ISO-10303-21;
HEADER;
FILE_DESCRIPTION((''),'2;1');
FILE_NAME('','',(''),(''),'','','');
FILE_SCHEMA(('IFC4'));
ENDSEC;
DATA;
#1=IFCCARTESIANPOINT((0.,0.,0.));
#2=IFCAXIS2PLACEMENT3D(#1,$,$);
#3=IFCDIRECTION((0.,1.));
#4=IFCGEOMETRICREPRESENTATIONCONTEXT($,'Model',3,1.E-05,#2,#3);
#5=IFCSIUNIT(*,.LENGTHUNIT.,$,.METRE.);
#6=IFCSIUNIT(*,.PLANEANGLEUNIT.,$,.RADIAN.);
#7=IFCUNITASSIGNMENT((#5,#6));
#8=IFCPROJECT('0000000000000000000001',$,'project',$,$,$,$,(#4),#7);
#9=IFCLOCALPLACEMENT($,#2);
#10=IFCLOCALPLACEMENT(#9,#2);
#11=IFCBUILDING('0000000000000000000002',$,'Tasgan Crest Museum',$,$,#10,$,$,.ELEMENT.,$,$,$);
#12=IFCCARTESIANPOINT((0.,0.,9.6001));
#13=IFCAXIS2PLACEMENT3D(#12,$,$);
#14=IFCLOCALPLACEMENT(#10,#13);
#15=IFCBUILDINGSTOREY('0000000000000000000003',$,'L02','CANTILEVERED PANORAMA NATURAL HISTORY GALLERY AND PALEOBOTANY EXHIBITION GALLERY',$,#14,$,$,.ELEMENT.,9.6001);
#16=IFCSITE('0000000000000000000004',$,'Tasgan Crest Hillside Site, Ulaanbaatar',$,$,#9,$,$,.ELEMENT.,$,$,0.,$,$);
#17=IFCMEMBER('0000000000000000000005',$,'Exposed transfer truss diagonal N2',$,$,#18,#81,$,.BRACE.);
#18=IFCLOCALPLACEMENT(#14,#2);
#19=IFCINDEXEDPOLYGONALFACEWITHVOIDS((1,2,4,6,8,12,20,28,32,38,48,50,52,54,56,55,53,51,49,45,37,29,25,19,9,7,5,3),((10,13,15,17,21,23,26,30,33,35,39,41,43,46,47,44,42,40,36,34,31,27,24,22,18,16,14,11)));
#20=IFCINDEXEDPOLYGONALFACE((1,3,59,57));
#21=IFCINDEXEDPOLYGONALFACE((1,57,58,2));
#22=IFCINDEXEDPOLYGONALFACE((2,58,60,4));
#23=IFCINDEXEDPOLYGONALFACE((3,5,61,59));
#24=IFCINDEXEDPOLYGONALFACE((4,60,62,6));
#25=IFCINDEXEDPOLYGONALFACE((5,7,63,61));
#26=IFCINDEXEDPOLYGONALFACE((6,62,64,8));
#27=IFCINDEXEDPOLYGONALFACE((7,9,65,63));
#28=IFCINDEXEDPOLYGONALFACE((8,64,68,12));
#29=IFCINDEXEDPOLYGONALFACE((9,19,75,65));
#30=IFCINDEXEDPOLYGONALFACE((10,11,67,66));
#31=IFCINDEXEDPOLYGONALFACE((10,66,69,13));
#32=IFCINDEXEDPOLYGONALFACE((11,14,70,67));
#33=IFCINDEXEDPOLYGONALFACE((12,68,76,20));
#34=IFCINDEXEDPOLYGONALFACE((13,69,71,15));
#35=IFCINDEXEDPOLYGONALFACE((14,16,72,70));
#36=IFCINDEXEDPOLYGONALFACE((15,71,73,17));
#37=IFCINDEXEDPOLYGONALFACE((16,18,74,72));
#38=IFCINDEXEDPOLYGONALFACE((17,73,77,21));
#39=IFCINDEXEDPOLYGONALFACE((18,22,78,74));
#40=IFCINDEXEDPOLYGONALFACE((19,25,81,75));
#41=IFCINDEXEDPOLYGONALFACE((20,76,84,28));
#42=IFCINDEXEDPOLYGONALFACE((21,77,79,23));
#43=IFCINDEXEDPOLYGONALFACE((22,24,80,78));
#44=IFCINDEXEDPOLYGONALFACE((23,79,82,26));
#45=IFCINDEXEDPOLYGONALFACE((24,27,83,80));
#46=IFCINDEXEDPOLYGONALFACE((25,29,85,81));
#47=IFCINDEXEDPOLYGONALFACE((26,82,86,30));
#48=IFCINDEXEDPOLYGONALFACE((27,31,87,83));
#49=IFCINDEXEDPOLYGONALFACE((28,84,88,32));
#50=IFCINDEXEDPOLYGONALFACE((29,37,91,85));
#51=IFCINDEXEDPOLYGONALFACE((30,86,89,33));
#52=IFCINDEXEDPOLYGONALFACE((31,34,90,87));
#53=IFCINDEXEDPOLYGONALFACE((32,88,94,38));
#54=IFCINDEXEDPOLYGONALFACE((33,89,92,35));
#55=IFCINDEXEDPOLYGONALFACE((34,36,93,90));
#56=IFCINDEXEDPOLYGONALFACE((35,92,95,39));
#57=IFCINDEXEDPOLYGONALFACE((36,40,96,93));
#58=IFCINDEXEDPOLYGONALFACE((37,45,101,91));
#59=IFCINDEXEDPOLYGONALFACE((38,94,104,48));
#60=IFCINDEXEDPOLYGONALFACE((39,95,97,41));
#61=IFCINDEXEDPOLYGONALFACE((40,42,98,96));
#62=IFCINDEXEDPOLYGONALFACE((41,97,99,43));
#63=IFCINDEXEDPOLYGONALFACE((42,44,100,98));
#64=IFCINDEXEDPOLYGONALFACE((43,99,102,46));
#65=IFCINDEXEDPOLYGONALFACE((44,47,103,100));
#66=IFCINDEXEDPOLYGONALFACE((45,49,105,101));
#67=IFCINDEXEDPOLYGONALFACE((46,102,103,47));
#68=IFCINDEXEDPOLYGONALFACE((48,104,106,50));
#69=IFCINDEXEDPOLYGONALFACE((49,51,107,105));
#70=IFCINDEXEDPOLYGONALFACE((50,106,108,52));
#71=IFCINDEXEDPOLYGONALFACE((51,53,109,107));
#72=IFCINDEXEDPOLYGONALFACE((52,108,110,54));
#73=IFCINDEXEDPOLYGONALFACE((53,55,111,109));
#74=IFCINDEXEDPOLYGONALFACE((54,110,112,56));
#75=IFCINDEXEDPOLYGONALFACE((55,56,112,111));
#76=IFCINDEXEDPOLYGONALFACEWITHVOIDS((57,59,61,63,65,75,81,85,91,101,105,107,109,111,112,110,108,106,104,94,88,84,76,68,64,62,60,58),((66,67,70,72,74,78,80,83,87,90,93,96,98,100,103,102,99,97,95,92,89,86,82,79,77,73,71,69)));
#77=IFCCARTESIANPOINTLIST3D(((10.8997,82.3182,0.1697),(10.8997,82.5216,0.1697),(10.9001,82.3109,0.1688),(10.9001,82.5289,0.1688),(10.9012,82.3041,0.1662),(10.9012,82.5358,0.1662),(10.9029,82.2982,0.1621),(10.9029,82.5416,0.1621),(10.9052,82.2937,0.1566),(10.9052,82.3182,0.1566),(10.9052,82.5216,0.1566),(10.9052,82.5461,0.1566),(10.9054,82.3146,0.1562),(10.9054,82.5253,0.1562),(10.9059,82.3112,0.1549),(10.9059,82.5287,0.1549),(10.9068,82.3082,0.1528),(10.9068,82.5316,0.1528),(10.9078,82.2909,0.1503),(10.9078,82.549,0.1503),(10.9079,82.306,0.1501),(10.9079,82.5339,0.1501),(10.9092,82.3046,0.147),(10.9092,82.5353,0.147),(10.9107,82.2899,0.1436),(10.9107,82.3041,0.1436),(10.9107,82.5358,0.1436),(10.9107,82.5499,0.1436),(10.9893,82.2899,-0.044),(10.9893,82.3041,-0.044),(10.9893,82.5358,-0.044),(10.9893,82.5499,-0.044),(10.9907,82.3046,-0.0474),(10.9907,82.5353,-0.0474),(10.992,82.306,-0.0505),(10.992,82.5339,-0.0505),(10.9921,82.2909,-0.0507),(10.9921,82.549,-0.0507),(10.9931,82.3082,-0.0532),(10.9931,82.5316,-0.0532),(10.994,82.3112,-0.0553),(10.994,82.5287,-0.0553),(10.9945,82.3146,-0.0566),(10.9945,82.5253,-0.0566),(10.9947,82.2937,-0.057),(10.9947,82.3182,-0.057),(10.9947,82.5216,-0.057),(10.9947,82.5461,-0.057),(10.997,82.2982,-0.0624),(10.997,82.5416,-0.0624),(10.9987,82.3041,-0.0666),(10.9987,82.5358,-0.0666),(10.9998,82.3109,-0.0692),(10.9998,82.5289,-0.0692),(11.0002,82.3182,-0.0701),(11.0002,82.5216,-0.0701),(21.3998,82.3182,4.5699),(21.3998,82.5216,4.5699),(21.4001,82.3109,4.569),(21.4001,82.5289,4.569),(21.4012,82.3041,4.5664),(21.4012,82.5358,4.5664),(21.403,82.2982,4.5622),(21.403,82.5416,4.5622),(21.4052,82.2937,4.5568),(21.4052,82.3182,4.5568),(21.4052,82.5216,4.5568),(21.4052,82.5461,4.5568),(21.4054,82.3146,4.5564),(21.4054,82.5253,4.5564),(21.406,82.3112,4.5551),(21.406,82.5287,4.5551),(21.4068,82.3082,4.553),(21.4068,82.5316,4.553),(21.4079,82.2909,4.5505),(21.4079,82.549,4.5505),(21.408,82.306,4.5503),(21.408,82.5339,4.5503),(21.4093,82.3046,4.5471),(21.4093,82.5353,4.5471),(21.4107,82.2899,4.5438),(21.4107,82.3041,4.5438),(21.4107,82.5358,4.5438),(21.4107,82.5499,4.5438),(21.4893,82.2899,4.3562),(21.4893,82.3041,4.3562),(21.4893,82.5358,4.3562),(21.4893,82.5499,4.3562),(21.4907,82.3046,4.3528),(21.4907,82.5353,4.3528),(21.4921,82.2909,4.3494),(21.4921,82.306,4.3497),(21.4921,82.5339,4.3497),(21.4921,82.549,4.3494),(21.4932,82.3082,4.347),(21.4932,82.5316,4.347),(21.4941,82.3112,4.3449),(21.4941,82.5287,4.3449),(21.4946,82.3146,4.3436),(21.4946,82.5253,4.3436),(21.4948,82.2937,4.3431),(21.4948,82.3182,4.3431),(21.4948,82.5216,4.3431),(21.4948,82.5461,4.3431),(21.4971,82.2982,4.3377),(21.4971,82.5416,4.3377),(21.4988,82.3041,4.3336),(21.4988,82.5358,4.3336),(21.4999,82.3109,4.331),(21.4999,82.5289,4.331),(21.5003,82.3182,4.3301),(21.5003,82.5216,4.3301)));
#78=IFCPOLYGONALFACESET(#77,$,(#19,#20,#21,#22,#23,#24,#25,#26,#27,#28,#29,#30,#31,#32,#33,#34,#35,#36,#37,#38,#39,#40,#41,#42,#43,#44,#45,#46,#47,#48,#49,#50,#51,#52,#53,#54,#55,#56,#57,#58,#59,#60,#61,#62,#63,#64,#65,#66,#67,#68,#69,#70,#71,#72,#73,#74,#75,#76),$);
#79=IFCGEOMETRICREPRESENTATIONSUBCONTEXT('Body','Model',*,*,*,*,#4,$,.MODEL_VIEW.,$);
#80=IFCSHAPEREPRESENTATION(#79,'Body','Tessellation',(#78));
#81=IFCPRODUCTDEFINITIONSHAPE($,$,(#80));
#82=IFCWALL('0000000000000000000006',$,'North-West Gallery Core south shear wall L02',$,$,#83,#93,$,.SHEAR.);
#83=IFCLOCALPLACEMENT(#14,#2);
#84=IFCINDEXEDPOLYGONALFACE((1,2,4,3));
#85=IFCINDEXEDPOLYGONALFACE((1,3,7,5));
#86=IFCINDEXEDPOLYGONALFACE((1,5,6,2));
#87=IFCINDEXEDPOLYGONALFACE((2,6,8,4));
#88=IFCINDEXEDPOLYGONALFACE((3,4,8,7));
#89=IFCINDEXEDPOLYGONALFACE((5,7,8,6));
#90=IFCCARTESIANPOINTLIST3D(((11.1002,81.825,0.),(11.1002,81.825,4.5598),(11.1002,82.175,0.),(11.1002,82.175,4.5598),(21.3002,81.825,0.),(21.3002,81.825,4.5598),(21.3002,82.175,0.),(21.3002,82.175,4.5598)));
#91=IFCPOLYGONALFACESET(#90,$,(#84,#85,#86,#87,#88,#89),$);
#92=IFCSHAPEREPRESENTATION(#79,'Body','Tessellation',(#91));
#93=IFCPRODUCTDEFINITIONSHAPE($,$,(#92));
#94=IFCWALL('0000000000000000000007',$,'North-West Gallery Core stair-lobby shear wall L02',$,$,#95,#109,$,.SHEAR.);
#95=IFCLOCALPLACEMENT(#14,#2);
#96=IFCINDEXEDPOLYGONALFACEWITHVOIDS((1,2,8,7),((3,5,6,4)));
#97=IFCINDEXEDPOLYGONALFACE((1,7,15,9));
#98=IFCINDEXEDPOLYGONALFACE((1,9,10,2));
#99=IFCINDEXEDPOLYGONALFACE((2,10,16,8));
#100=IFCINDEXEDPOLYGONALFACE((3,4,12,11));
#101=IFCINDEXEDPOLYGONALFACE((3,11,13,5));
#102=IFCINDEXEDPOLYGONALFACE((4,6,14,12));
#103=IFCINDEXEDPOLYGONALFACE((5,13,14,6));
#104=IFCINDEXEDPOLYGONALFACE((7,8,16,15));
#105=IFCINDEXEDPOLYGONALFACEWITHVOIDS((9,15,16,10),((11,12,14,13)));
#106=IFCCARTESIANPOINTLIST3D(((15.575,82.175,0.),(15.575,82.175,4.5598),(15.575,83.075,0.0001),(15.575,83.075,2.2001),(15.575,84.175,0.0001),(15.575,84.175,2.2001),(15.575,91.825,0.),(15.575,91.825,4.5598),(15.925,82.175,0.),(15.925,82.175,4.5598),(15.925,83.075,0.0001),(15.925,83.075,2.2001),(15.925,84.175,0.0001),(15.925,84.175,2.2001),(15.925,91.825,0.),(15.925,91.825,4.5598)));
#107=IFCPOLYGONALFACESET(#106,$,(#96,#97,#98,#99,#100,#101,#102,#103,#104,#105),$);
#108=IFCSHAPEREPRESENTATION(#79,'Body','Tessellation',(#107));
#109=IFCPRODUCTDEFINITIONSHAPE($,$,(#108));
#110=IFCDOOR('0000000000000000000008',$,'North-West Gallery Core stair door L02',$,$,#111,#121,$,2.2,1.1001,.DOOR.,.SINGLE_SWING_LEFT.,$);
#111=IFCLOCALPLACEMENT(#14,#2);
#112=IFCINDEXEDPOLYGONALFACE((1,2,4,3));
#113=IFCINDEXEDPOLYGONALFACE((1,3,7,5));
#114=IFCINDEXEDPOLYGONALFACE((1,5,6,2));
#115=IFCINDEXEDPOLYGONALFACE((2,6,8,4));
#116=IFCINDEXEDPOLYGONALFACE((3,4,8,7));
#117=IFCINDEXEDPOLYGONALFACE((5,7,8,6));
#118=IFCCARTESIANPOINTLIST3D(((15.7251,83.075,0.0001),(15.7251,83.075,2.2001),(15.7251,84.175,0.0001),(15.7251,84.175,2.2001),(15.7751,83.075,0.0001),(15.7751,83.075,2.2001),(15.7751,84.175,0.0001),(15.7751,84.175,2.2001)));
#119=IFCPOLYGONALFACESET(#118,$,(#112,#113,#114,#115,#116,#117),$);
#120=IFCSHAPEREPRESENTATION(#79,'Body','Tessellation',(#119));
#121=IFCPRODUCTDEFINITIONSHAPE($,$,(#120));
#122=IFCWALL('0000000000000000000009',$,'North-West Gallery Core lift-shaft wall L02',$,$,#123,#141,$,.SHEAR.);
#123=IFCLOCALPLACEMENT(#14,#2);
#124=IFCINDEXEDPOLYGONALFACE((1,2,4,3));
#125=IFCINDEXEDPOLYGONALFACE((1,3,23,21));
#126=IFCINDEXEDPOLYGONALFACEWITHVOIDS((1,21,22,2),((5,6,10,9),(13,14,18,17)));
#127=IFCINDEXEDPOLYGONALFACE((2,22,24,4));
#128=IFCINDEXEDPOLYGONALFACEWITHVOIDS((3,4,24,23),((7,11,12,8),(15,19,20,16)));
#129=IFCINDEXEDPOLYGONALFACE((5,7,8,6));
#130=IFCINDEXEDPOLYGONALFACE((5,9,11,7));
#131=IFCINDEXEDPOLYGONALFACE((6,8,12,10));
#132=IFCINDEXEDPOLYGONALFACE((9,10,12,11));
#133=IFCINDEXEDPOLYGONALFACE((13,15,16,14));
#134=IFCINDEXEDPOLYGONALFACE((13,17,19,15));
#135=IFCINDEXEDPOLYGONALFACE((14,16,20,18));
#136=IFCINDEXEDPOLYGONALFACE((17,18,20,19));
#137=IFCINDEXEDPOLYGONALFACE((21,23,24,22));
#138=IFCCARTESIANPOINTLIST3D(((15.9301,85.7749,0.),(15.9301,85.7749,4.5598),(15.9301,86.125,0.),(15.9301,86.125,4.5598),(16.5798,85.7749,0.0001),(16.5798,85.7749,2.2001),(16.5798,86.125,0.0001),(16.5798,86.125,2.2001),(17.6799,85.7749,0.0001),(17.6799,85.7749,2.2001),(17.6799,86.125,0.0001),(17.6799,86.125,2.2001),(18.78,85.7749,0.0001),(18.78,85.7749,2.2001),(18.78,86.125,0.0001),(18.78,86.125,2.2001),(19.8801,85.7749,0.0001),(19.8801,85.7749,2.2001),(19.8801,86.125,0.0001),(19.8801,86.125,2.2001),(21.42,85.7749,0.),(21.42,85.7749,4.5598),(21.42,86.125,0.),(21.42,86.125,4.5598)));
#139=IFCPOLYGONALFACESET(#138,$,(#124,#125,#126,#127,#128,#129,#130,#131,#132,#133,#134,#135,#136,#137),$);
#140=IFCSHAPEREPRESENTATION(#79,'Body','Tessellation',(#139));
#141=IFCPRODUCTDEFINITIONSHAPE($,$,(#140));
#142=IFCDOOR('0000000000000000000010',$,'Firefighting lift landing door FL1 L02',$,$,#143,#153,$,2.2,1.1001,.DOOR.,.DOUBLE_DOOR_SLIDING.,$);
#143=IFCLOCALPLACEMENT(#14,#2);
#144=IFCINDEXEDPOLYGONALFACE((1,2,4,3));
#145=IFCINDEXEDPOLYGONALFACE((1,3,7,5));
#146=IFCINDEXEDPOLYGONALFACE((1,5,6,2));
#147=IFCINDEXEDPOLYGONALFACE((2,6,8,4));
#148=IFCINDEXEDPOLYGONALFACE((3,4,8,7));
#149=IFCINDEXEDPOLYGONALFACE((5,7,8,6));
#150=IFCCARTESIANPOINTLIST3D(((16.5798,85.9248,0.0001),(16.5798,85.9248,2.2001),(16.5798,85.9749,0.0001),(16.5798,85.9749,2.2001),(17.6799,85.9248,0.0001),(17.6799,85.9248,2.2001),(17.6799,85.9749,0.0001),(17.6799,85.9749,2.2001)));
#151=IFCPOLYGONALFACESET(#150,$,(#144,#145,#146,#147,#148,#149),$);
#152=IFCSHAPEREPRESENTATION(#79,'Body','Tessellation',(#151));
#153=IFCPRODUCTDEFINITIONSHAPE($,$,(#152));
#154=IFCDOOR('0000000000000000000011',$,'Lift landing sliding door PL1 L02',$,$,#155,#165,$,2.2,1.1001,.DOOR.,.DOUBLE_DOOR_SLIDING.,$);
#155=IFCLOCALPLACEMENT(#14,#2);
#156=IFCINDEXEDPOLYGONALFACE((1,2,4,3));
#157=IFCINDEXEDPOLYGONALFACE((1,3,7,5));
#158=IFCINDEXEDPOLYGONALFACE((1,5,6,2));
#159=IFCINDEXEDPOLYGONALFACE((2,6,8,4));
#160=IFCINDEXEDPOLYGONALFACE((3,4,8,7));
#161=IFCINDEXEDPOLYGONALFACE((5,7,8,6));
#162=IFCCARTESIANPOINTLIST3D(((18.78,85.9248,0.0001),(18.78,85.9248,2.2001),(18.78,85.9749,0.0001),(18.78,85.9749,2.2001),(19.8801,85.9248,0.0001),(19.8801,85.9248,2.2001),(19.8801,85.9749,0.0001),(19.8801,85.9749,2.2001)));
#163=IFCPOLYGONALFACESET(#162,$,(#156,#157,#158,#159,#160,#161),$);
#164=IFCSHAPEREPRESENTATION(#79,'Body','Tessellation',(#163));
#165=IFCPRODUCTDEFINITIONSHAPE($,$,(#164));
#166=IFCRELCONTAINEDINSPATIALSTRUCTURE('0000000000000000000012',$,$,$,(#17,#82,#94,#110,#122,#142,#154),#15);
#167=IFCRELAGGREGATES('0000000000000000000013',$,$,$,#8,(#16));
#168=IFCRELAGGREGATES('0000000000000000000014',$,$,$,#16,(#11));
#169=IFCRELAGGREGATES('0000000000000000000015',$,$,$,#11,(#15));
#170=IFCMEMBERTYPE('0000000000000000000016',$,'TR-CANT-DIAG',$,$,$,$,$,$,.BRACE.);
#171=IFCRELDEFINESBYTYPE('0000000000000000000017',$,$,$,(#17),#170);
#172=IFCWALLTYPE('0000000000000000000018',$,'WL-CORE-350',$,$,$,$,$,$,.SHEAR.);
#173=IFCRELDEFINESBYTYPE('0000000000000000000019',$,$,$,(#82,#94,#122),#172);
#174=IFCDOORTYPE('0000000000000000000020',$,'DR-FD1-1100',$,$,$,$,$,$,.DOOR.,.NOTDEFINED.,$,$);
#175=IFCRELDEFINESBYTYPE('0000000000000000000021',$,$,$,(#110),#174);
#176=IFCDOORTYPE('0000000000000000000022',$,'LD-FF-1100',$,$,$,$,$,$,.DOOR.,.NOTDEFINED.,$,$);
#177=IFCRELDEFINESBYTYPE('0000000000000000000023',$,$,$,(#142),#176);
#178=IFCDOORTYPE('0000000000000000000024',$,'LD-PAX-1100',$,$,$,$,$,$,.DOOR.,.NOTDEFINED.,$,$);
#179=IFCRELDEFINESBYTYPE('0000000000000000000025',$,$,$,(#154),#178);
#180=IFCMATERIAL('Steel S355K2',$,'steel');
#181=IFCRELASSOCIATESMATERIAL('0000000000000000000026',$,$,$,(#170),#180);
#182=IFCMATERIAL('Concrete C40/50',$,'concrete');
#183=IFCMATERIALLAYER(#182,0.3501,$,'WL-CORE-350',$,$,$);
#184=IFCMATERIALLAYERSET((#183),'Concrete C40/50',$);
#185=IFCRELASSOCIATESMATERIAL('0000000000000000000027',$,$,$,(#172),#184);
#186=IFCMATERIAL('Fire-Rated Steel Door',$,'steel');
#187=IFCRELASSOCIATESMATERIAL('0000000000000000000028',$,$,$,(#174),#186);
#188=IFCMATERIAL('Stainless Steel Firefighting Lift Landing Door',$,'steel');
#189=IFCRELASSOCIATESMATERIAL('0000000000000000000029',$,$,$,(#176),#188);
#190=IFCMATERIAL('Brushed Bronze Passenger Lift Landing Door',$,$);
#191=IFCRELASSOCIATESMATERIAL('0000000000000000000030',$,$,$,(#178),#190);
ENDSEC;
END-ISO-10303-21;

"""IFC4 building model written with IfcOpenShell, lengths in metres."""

from ifc_helpers import new_model, si_unit, direction, frame, frame_2d, origin, origin_2d, place, context, subcontext, project, spatial, rectangle, hollow_rectangle, extrude, material, layer, layer_set, material_profile, profile_set, type_object, element, fill, save


model = new_model("IFC4")

# Units and contexts
model_context = context("Model", 3, precision=1e-05, world=origin(), true_north=direction((0.0, 1.0)))
body_context = subcontext(model_context, "Body", "Model", "MODEL_VIEW")
ifc_project = project(units=[si_unit("LENGTHUNIT", "METRE"), si_unit("PLANEANGLEUNIT", "RADIAN")], contexts=[model_context])

# Site, building, storey
site_placement = place(None, origin())
site = spatial("IfcSite", under=ifc_project, at=site_placement, Name="Tasgan Crest Hillside Site, Ulaanbaatar", CompositionType="ELEMENT", RefElevation=0.0)
building_placement = place(site_placement, origin())
building = spatial("IfcBuilding", under=site, at=building_placement, Name="Tasgan Crest Museum", CompositionType="ELEMENT")
storey_placement = place(building_placement, frame((0.0, 0.0, 9.6001)))
storey = spatial("IfcBuildingStorey", under=building, at=storey_placement, Name="L02", Description="CANTILEVERED PANORAMA NATURAL HISTORY GALLERY AND PALEOBOTANY EXHIBITION GALLERY", CompositionType="ELEMENT", Elevation=9.6001)

# Member
ifc_material_1 = material(Name="Steel S355K2", Category="steel")
ifc_material_profile_1 = material_profile(ifc_material_1, hollow_rectangle(XDim=0.26, YDim=0.26, WallThickness=0.0142, InnerFilletRadius=0.0142, OuterFilletRadius=0.0283, at=origin_2d()), Name="SHS 260x260x14.2")
ifc_profile_set_1 = profile_set([ifc_material_profile_1], Name="Steel S355K2")
member_type = type_object("IfcMemberType", Name="TR-CANT-DIAG", PredefinedType="BRACE", material=ifc_profile_set_1)
member_1_placement = place(storey_placement, frame((10.95, 82.4199, 0.0498), z_axis=(0.922291, 0.0, 0.386497), x_axis=(0.0, 1.0, 0.0)))
element("IfcMember", 1, at=member_1_placement, inside=storey, type_object=member_type, Name="Exposed transfer truss diagonal N2", PredefinedType="BRACE", context=body_context, shape_type="SweptSolid", body=[
    extrude(hollow_rectangle(XDim=0.26, YDim=0.26, WallThickness=0.0142, InnerFilletRadius=0.0142, OuterFilletRadius=0.0283, at=origin_2d()), origin(), (0.0, 0.0, 1.0), 11.3848),
])

# Wall
ifc_material_2 = material(Name="Concrete C40/50", Category="concrete")
ifc_layer = layer(ifc_material_2, 0.3501, Name="WL-CORE-350")
ifc_layer_set = layer_set([ifc_layer], Name="Concrete C40/50")
wall_type = type_object("IfcWallType", Name="WL-CORE-350", PredefinedType="SHEAR", material=ifc_layer_set)
wall_1_placement = place(storey_placement, frame((11.1001, 82.0, 0.0), z_axis=(0.0, 0.0, 1.0), x_axis=(1.0, 0.0, 0.0)))
element("IfcWall", 2, at=wall_1_placement, inside=storey, type_object=wall_type, Name="North-West Gallery Core south shear wall L02", PredefinedType="SHEAR", context=body_context, shape_type="SweptSolid", body=[
    extrude(rectangle(XDim=10.2, YDim=0.3501, at=frame_2d((5.1001, 0.0))), origin(), (0.0, 0.0, 1.0), 4.5598),
])

# Wall, opening, door
wall_2_placement = place(storey_placement, frame((15.75, 82.175, 0.0), z_axis=(0.0, 0.0, 1.0), x_axis=(0.0, 1.0, 0.0)))
wall_2 = element("IfcWall", 3, at=wall_2_placement, inside=storey, type_object=wall_type, Name="North-West Gallery Core stair-lobby shear wall L02", PredefinedType="SHEAR", context=body_context, shape_type="SweptSolid", body=[
    extrude(rectangle(XDim=9.6499, YDim=0.3501, at=frame_2d((4.825, 0.0))), origin(), (0.0, 0.0, 1.0), 4.5598),
])
opening_1_placement = place(wall_2_placement, frame((0.8999, 0.0, 0.0)))
opening_1 = element("IfcOpeningElement", 4, at=opening_1_placement, cuts=wall_2, PredefinedType="OPENING", context=body_context, shape_type="SweptSolid", body=[
    extrude(rectangle(XDim=1.1001, YDim=2.2, at=frame_2d((0.55, 1.1001))), frame((0.0, 0.1851, 0.0), z_axis=(0.0, -1.0, 0.0), x_axis=(1.0, 0.0, 0.0)), (0.0, 0.0, 1.0), 0.3701),
])
ifc_material_3 = material(Name="Fire-Rated Steel Door", Category="steel")
door_type_1 = type_object("IfcDoorType", Name="DR-FD1-1100", OperationType="NOTDEFINED", PredefinedType="DOOR", material=ifc_material_3)
door_1_placement = place(opening_1_placement, origin())
door_1 = element("IfcDoor", 5, at=door_1_placement, inside=storey, type_object=door_type_1, Name="North-West Gallery Core stair door L02", OperationType="SINGLE_SWING_LEFT", OverallHeight=2.2, OverallWidth=1.1001, PredefinedType="DOOR", context=body_context, shape_type="SweptSolid", body=[
    extrude(rectangle(XDim=1.1001, YDim=2.2, at=frame_2d((0.55, 1.1001))), frame((0.0, 0.0249, 0.0), z_axis=(0.0, -1.0, 0.0), x_axis=(1.0, 0.0, 0.0)), (0.0, 0.0, 1.0), 0.05),
])
fill(opening_1, door_1)

# Wall, openings, doors
wall_3_placement = place(storey_placement, frame((15.9299, 85.95, 0.0), z_axis=(0.0, 0.0, 1.0), x_axis=(1.0, 0.0, 0.0)))
wall_3 = element("IfcWall", 6, at=wall_3_placement, inside=storey, type_object=wall_type, Name="North-West Gallery Core lift-shaft wall L02", PredefinedType="SHEAR", context=body_context, shape_type="SweptSolid", body=[
    extrude(rectangle(XDim=5.49, YDim=0.3501, at=frame_2d((2.7451, 0.0))), origin(), (0.0, 0.0, 1.0), 4.5598),
])
opening_2_placement = place(wall_3_placement, frame((0.6499, 0.0, 0.0)))
opening_2 = element("IfcOpeningElement", 7, at=opening_2_placement, cuts=wall_3, PredefinedType="OPENING", context=body_context, shape_type="SweptSolid", body=[
    extrude(rectangle(XDim=1.1001, YDim=2.2, at=frame_2d((0.55, 1.1001))), frame((0.0, 0.1851, 0.0), z_axis=(0.0, -1.0, 0.0), x_axis=(1.0, 0.0, 0.0)), (0.0, 0.0, 1.0), 0.3701),
])
opening_3_placement = place(wall_3_placement, frame((2.8501, 0.0, 0.0)))
opening_3 = element("IfcOpeningElement", 8, at=opening_3_placement, cuts=wall_3, PredefinedType="OPENING", context=body_context, shape_type="SweptSolid", body=[
    extrude(rectangle(XDim=1.1001, YDim=2.2, at=frame_2d((0.55, 1.1001))), frame((0.0, 0.1851, 0.0), z_axis=(0.0, -1.0, 0.0), x_axis=(1.0, 0.0, 0.0)), (0.0, 0.0, 1.0), 0.3701),
])
ifc_material_4 = material(Name="Stainless Steel Firefighting Lift Landing Door", Category="steel")
door_type_2 = type_object("IfcDoorType", Name="LD-FF-1100", OperationType="NOTDEFINED", PredefinedType="DOOR", material=ifc_material_4)
door_2_placement = place(opening_2_placement, origin())
door_2 = element("IfcDoor", 9, at=door_2_placement, inside=storey, type_object=door_type_2, Name="Firefighting lift landing door FL1 L02", OperationType="DOUBLE_DOOR_SLIDING", OverallHeight=2.2, OverallWidth=1.1001, PredefinedType="DOOR", context=body_context, shape_type="SweptSolid", body=[
    extrude(rectangle(XDim=1.1001, YDim=2.2, at=frame_2d((0.55, 1.1001))), frame((0.0, 0.0249, 0.0), z_axis=(0.0, -1.0, 0.0), x_axis=(1.0, 0.0, 0.0)), (0.0, 0.0, 1.0), 0.05),
])
fill(opening_2, door_2)
ifc_material_5 = material(Name="Brushed Bronze Passenger Lift Landing Door")
door_type_3 = type_object("IfcDoorType", Name="LD-PAX-1100", OperationType="NOTDEFINED", PredefinedType="DOOR", material=ifc_material_5)
door_3_placement = place(opening_3_placement, origin())
door_3 = element("IfcDoor", 10, at=door_3_placement, inside=storey, type_object=door_type_3, Name="Lift landing sliding door PL1 L02", OperationType="DOUBLE_DOOR_SLIDING", OverallHeight=2.2, OverallWidth=1.1001, PredefinedType="DOOR", context=body_context, shape_type="SweptSolid", body=[
    extrude(rectangle(XDim=1.1001, YDim=2.2, at=frame_2d((0.55, 1.1001))), frame((0.0, 0.0249, 0.0), z_axis=(0.0, -1.0, 0.0), x_axis=(1.0, 0.0, 0.0)), (0.0, 0.0, 1.0), 0.05),
])
fill(opening_3, door_3)

save(model, "model.ifc")
